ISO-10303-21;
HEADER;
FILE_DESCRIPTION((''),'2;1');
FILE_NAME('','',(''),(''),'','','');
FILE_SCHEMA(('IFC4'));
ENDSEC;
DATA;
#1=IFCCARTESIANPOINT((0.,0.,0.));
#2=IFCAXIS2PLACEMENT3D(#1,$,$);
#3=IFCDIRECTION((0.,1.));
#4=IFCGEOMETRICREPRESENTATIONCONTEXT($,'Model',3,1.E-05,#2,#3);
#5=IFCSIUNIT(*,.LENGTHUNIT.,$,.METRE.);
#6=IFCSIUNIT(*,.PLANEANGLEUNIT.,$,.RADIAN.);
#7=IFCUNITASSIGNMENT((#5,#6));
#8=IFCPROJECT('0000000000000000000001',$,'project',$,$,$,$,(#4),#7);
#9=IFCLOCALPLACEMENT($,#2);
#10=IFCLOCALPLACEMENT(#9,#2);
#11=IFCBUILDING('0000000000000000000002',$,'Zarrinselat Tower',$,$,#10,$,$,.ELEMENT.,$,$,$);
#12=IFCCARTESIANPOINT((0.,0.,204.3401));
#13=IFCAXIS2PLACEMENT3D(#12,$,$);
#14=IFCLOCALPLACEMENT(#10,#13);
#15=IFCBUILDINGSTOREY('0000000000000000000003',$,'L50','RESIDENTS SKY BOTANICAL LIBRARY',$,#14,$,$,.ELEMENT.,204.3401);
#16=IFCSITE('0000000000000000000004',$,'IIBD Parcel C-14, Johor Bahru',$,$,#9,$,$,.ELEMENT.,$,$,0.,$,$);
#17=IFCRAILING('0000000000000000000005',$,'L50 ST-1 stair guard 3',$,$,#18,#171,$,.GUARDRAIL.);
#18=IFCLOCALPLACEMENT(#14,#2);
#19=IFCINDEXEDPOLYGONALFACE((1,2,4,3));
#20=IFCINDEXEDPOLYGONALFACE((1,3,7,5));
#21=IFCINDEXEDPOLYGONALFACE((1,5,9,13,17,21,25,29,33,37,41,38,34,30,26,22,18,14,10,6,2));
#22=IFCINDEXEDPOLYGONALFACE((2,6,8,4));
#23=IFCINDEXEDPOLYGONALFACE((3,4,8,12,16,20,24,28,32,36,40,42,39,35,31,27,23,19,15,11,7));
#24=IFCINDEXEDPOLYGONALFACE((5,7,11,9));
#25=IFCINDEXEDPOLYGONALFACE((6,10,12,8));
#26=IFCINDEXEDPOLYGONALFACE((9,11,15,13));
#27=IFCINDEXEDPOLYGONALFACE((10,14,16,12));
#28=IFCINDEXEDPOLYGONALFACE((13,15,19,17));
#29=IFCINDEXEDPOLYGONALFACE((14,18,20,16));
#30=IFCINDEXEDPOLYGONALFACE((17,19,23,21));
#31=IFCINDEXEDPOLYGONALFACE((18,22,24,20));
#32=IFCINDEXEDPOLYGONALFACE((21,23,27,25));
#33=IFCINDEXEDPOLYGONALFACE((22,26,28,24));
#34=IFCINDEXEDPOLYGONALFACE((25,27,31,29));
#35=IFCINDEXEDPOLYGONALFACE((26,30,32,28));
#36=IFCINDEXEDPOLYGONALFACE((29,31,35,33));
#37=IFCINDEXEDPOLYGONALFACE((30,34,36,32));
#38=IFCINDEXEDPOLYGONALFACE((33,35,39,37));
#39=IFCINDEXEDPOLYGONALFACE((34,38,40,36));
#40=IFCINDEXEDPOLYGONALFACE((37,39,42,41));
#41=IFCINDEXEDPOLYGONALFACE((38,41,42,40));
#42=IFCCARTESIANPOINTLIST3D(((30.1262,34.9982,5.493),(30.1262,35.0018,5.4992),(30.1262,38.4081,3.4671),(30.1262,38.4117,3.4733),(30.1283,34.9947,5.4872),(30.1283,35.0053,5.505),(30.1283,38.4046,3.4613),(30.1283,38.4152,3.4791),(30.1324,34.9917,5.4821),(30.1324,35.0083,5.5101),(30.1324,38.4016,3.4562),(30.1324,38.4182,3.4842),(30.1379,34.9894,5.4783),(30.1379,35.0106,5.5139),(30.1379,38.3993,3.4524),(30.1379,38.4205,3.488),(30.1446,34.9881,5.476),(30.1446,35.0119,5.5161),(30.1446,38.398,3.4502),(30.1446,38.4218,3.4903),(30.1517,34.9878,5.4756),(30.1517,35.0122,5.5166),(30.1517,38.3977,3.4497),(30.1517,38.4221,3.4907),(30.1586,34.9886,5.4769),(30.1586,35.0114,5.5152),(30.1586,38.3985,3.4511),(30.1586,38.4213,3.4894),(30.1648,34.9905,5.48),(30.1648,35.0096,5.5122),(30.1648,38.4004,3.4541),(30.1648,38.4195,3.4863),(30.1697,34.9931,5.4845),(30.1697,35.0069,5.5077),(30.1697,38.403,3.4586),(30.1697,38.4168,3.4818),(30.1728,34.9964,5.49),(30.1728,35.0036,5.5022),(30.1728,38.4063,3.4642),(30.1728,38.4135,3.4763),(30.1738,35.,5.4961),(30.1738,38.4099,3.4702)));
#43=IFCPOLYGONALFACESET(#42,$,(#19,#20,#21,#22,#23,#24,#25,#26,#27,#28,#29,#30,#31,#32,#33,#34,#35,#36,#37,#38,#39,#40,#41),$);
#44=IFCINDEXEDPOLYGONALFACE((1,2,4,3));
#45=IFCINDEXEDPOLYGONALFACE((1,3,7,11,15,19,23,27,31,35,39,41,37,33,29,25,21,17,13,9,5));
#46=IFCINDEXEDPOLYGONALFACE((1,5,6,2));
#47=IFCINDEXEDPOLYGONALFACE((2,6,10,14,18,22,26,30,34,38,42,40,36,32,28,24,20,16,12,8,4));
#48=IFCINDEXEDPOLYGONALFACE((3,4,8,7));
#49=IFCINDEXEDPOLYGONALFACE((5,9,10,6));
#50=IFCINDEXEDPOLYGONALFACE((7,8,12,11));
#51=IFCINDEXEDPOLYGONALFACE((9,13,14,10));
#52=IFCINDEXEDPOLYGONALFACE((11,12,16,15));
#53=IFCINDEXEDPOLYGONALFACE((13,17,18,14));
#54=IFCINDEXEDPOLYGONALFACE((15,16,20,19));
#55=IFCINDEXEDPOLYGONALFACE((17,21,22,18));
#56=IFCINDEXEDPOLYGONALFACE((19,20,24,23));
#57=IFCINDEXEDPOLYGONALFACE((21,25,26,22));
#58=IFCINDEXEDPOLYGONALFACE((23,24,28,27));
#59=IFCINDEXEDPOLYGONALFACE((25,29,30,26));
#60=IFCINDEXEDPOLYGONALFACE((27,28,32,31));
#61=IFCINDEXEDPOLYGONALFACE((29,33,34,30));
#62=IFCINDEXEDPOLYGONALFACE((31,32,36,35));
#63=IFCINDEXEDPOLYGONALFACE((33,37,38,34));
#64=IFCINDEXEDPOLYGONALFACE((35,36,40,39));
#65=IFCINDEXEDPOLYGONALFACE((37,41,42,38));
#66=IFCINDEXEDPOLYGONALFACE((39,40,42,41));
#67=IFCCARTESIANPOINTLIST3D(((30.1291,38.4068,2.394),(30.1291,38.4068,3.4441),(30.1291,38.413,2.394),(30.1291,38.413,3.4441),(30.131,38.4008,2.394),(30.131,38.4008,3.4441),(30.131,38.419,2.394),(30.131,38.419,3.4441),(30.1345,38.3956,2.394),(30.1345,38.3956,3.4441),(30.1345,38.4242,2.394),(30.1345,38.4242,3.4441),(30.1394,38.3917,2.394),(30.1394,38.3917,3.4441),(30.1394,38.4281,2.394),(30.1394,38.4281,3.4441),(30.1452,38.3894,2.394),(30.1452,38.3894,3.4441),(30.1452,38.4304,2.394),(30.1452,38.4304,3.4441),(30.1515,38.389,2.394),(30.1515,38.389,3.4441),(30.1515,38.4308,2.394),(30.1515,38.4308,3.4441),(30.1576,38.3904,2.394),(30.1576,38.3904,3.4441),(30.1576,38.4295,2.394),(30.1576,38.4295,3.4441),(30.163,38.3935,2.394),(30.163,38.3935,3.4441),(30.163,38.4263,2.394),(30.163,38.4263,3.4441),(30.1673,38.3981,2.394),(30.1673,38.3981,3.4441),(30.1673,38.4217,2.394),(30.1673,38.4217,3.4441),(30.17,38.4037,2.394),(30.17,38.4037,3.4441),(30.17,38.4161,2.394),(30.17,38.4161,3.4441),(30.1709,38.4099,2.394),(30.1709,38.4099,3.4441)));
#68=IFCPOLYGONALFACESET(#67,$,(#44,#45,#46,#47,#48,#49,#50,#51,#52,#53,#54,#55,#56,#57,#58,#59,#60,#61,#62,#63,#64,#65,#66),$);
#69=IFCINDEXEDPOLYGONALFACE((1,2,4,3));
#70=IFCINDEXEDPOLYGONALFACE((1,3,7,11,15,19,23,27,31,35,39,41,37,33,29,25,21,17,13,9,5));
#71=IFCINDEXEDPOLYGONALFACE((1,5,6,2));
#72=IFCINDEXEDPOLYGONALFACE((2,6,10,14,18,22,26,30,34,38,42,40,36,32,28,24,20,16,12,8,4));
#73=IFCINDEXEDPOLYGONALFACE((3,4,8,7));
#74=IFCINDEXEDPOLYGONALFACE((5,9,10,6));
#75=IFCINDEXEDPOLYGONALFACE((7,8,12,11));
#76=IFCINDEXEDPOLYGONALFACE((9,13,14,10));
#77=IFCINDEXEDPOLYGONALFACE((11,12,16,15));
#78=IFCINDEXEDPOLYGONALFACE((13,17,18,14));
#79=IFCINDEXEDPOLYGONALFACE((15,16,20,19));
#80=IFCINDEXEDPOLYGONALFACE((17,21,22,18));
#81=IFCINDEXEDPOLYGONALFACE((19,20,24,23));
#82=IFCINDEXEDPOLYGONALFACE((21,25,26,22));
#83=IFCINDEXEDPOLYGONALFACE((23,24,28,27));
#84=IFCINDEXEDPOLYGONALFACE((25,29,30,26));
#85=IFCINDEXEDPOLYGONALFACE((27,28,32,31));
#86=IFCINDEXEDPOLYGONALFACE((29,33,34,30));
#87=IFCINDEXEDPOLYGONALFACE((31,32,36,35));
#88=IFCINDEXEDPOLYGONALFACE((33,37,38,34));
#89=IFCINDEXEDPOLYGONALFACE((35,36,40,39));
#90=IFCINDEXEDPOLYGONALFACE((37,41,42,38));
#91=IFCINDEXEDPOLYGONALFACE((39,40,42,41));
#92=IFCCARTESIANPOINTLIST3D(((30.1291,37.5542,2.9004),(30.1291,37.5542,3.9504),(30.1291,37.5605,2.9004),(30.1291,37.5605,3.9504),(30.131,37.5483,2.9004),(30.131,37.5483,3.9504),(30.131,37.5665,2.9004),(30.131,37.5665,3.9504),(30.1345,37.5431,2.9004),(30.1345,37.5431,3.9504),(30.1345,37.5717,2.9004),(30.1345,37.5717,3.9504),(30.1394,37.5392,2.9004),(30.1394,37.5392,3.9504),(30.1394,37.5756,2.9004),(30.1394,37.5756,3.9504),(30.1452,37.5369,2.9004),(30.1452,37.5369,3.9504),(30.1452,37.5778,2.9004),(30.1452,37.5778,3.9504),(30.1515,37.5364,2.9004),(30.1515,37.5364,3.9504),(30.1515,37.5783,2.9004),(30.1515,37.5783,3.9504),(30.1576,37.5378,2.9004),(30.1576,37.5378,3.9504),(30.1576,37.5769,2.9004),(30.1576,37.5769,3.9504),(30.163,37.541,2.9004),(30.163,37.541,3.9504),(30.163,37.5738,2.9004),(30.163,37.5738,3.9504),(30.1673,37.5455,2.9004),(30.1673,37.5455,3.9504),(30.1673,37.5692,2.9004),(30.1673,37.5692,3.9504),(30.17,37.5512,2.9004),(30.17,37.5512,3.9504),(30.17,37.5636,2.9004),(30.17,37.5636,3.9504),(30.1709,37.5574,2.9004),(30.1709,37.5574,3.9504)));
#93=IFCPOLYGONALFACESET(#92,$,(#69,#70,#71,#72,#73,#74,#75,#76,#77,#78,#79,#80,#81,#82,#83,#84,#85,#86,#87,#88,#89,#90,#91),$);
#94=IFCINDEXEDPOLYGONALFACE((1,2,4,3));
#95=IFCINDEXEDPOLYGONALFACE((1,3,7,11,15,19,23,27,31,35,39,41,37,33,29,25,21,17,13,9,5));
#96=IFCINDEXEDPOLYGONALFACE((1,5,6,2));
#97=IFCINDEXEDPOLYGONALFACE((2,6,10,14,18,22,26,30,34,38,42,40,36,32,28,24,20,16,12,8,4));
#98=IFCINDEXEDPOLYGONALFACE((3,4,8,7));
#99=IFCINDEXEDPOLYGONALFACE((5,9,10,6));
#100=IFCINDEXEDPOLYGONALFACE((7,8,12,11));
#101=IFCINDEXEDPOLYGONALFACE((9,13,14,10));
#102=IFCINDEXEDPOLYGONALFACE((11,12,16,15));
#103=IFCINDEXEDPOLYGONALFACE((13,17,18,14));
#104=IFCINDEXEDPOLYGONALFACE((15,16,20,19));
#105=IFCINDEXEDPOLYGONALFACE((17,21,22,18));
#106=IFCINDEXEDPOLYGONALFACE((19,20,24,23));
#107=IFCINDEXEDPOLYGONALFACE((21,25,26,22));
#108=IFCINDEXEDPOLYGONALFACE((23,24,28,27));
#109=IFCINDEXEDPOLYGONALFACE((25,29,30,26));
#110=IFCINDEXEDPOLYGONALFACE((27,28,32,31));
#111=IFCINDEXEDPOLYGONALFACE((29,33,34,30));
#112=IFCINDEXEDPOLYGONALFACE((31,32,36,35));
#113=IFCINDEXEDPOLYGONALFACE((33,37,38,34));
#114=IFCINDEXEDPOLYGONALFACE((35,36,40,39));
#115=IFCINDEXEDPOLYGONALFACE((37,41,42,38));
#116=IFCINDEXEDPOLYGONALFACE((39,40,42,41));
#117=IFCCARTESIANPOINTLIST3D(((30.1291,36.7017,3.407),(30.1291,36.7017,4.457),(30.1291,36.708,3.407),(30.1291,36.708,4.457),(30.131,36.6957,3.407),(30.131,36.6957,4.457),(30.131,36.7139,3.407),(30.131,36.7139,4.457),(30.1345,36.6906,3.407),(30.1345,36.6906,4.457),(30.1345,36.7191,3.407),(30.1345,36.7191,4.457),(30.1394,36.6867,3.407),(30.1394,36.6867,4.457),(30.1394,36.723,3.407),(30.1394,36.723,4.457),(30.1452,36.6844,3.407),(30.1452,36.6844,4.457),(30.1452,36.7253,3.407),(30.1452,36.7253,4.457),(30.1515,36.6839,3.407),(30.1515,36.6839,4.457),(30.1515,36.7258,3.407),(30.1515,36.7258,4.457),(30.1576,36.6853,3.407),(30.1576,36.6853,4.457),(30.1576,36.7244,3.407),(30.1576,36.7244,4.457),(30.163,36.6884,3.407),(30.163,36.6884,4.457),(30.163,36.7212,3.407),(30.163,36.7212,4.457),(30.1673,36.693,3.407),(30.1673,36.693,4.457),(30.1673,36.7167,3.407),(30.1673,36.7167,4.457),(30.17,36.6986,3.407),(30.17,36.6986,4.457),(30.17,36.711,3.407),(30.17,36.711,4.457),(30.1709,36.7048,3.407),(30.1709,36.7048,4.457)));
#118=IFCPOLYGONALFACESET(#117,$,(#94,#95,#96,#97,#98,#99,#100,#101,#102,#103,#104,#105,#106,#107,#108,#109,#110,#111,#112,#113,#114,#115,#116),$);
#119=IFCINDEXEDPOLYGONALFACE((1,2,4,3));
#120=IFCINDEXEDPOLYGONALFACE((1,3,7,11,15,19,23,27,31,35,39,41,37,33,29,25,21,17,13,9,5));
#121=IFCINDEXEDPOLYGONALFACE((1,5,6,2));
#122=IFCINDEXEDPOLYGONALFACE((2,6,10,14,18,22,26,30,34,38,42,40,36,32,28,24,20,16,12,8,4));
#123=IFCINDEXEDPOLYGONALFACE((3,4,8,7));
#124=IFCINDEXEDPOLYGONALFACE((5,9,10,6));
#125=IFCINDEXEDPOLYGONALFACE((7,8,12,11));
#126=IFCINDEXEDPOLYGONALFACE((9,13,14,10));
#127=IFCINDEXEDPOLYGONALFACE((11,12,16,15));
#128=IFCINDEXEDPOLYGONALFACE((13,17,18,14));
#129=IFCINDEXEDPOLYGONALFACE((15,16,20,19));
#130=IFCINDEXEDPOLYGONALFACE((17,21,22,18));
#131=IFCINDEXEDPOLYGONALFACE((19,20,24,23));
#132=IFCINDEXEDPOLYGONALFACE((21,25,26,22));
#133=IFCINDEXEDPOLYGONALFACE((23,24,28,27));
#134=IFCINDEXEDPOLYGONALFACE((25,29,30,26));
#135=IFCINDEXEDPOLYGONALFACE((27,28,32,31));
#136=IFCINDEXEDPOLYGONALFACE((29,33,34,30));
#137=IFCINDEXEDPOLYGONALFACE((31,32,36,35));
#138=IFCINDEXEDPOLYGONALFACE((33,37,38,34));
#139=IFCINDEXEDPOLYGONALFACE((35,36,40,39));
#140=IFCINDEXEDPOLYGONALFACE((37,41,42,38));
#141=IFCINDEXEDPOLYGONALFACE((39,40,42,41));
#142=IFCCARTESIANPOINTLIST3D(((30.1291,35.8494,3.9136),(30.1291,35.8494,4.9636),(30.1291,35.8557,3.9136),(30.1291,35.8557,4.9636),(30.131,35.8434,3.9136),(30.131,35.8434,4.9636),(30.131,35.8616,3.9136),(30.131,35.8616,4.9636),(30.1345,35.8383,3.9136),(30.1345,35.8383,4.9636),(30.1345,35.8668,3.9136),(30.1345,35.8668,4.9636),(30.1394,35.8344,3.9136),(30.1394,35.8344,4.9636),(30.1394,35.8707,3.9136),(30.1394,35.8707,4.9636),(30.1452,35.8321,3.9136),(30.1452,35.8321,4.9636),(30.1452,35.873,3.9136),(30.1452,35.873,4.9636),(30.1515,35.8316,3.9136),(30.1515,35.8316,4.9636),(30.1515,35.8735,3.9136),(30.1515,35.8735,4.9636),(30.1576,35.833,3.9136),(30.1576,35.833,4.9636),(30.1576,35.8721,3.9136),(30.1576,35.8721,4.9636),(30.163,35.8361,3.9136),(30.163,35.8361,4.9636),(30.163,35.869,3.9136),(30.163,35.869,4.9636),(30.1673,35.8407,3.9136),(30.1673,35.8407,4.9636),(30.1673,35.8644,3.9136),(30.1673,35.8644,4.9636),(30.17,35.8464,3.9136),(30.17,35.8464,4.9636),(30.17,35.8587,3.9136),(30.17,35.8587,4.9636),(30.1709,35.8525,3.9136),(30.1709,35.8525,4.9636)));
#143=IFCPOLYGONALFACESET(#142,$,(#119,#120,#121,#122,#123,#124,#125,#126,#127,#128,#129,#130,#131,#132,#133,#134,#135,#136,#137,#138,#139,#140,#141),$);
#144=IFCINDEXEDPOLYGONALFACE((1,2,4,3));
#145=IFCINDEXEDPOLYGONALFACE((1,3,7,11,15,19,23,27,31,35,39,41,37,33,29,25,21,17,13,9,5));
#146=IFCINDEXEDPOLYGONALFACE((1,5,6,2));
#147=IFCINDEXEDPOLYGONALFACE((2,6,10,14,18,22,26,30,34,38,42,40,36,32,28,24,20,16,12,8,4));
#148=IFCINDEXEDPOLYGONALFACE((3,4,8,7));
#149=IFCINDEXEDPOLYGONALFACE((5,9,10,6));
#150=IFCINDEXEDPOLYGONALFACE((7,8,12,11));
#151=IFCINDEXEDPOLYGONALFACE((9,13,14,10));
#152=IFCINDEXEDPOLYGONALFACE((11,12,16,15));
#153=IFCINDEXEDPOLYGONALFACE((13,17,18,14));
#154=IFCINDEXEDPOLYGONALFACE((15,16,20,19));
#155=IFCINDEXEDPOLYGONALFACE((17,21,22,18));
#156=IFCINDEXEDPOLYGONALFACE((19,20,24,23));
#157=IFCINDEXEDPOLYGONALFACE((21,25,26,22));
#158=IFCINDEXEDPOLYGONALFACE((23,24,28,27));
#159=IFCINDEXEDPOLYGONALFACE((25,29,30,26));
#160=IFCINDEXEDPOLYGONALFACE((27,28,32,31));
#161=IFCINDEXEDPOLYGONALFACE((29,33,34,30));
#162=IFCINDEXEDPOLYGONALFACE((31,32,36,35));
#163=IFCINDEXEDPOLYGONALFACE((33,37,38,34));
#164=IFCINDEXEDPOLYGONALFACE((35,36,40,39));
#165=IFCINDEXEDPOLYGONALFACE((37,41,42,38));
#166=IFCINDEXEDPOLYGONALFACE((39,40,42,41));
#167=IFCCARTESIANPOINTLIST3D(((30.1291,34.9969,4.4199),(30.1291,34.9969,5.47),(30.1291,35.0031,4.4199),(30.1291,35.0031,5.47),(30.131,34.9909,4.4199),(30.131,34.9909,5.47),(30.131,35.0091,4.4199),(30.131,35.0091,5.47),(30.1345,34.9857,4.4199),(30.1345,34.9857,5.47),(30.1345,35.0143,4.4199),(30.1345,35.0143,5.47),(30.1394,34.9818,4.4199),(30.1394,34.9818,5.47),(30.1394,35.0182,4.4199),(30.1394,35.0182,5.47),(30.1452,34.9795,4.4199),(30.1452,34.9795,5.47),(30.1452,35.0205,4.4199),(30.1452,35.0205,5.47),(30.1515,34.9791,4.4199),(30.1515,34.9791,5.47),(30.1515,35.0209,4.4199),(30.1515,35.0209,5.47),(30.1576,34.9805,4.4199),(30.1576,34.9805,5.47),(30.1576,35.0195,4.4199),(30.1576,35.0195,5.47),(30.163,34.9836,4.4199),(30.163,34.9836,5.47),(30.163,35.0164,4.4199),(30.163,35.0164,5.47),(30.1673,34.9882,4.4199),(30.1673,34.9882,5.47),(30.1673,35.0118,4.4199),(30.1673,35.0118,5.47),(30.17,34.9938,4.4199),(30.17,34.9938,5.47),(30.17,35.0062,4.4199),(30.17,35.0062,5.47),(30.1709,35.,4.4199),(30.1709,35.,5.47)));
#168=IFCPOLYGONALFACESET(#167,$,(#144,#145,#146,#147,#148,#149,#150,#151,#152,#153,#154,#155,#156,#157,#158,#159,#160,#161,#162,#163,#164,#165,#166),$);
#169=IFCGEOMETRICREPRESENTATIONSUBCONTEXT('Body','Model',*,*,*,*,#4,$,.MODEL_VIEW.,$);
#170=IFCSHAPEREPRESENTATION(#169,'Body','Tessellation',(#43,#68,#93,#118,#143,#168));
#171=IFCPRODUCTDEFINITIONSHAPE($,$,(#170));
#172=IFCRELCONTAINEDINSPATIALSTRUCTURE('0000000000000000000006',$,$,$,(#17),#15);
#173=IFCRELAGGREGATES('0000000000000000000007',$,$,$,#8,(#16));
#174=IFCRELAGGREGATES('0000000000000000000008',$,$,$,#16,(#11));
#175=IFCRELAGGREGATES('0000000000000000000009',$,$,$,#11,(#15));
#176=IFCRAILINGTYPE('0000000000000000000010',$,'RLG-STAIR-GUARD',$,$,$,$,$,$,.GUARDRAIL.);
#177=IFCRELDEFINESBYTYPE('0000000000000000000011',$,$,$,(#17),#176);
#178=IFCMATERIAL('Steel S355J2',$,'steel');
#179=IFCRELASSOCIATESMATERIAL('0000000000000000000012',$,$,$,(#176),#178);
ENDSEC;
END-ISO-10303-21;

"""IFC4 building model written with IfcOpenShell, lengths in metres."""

from ifc_helpers import new_model, si_unit, direction, frame, origin, origin_2d, place, context, subcontext, project, spatial, circle, extrude, material, type_object, element, save


model = new_model("IFC4")

# Units and contexts
model_context = context("Model", 3, precision=1e-05, world=origin(), true_north=direction((0.0, 1.0)))
body_context = subcontext(model_context, "Body", "Model", "MODEL_VIEW")
ifc_project = project(units=[si_unit("LENGTHUNIT", "METRE"), si_unit("PLANEANGLEUNIT", "RADIAN")], contexts=[model_context])

# Site, building, storey
site_placement = place(None, origin())
site = spatial("IfcSite", under=ifc_project, at=site_placement, Name="IIBD Parcel C-14, Johor Bahru", CompositionType="ELEMENT", RefElevation=0.0)
building_placement = place(site_placement, origin())
building = spatial("IfcBuilding", under=site, at=building_placement, Name="Zarrinselat Tower", CompositionType="ELEMENT")
storey_placement = place(building_placement, frame((0.0, 0.0, 204.3401)))
storey = spatial("IfcBuildingStorey", under=building, at=storey_placement, Name="L50", Description="RESIDENTS SKY BOTANICAL LIBRARY", CompositionType="ELEMENT", Elevation=204.3401)

# Railing
ifc_material_1 = material(Name="Steel S355J2", Category="steel")
railing_type_1 = type_object("IfcRailingType", Name="RLG-STAIR-GUARD", PredefinedType="GUARDRAIL", material=ifc_material_1)
railing_1_placement = place(storey_placement, frame((30.1499, 38.4099, 2.394)))
element("IfcRailing", 1, at=railing_1_placement, inside=storey, type_object=railing_type_1, Name="L50 ST-1 stair guard 3", PredefinedType="GUARDRAIL", context=body_context, shape_type="SweptSolid", body=[
    extrude(circle(Radius=0.0239, at=origin_2d()), frame((0.0, 0.0, 1.0762), z_axis=(0.0, -0.859717, 0.510771), x_axis=(1.0, 0.0, 0.0)), (0.0, 0.0, 1.0), 3.9663),
    extrude(circle(Radius=0.021, at=origin_2d()), origin(), (0.0, 0.0, 1.0), 1.05),
    extrude(circle(Radius=0.021, at=origin_2d()), frame((0.0, -0.8525, 0.5063)), (0.0, 0.0, 1.0), 1.05),
    extrude(circle(Radius=0.021, at=origin_2d()), frame((0.0, -1.7051, 1.0129)), (0.0, 0.0, 1.0), 1.05),
    extrude(circle(Radius=0.021, at=origin_2d()), frame((0.0, -2.5574, 1.5195)), (0.0, 0.0, 1.0), 1.05),
    extrude(circle(Radius=0.021, at=origin_2d()), frame((0.0, -3.4099, 2.0259)), (0.0, 0.0, 1.0), 1.05),
])

save(model, "model.ifc")
